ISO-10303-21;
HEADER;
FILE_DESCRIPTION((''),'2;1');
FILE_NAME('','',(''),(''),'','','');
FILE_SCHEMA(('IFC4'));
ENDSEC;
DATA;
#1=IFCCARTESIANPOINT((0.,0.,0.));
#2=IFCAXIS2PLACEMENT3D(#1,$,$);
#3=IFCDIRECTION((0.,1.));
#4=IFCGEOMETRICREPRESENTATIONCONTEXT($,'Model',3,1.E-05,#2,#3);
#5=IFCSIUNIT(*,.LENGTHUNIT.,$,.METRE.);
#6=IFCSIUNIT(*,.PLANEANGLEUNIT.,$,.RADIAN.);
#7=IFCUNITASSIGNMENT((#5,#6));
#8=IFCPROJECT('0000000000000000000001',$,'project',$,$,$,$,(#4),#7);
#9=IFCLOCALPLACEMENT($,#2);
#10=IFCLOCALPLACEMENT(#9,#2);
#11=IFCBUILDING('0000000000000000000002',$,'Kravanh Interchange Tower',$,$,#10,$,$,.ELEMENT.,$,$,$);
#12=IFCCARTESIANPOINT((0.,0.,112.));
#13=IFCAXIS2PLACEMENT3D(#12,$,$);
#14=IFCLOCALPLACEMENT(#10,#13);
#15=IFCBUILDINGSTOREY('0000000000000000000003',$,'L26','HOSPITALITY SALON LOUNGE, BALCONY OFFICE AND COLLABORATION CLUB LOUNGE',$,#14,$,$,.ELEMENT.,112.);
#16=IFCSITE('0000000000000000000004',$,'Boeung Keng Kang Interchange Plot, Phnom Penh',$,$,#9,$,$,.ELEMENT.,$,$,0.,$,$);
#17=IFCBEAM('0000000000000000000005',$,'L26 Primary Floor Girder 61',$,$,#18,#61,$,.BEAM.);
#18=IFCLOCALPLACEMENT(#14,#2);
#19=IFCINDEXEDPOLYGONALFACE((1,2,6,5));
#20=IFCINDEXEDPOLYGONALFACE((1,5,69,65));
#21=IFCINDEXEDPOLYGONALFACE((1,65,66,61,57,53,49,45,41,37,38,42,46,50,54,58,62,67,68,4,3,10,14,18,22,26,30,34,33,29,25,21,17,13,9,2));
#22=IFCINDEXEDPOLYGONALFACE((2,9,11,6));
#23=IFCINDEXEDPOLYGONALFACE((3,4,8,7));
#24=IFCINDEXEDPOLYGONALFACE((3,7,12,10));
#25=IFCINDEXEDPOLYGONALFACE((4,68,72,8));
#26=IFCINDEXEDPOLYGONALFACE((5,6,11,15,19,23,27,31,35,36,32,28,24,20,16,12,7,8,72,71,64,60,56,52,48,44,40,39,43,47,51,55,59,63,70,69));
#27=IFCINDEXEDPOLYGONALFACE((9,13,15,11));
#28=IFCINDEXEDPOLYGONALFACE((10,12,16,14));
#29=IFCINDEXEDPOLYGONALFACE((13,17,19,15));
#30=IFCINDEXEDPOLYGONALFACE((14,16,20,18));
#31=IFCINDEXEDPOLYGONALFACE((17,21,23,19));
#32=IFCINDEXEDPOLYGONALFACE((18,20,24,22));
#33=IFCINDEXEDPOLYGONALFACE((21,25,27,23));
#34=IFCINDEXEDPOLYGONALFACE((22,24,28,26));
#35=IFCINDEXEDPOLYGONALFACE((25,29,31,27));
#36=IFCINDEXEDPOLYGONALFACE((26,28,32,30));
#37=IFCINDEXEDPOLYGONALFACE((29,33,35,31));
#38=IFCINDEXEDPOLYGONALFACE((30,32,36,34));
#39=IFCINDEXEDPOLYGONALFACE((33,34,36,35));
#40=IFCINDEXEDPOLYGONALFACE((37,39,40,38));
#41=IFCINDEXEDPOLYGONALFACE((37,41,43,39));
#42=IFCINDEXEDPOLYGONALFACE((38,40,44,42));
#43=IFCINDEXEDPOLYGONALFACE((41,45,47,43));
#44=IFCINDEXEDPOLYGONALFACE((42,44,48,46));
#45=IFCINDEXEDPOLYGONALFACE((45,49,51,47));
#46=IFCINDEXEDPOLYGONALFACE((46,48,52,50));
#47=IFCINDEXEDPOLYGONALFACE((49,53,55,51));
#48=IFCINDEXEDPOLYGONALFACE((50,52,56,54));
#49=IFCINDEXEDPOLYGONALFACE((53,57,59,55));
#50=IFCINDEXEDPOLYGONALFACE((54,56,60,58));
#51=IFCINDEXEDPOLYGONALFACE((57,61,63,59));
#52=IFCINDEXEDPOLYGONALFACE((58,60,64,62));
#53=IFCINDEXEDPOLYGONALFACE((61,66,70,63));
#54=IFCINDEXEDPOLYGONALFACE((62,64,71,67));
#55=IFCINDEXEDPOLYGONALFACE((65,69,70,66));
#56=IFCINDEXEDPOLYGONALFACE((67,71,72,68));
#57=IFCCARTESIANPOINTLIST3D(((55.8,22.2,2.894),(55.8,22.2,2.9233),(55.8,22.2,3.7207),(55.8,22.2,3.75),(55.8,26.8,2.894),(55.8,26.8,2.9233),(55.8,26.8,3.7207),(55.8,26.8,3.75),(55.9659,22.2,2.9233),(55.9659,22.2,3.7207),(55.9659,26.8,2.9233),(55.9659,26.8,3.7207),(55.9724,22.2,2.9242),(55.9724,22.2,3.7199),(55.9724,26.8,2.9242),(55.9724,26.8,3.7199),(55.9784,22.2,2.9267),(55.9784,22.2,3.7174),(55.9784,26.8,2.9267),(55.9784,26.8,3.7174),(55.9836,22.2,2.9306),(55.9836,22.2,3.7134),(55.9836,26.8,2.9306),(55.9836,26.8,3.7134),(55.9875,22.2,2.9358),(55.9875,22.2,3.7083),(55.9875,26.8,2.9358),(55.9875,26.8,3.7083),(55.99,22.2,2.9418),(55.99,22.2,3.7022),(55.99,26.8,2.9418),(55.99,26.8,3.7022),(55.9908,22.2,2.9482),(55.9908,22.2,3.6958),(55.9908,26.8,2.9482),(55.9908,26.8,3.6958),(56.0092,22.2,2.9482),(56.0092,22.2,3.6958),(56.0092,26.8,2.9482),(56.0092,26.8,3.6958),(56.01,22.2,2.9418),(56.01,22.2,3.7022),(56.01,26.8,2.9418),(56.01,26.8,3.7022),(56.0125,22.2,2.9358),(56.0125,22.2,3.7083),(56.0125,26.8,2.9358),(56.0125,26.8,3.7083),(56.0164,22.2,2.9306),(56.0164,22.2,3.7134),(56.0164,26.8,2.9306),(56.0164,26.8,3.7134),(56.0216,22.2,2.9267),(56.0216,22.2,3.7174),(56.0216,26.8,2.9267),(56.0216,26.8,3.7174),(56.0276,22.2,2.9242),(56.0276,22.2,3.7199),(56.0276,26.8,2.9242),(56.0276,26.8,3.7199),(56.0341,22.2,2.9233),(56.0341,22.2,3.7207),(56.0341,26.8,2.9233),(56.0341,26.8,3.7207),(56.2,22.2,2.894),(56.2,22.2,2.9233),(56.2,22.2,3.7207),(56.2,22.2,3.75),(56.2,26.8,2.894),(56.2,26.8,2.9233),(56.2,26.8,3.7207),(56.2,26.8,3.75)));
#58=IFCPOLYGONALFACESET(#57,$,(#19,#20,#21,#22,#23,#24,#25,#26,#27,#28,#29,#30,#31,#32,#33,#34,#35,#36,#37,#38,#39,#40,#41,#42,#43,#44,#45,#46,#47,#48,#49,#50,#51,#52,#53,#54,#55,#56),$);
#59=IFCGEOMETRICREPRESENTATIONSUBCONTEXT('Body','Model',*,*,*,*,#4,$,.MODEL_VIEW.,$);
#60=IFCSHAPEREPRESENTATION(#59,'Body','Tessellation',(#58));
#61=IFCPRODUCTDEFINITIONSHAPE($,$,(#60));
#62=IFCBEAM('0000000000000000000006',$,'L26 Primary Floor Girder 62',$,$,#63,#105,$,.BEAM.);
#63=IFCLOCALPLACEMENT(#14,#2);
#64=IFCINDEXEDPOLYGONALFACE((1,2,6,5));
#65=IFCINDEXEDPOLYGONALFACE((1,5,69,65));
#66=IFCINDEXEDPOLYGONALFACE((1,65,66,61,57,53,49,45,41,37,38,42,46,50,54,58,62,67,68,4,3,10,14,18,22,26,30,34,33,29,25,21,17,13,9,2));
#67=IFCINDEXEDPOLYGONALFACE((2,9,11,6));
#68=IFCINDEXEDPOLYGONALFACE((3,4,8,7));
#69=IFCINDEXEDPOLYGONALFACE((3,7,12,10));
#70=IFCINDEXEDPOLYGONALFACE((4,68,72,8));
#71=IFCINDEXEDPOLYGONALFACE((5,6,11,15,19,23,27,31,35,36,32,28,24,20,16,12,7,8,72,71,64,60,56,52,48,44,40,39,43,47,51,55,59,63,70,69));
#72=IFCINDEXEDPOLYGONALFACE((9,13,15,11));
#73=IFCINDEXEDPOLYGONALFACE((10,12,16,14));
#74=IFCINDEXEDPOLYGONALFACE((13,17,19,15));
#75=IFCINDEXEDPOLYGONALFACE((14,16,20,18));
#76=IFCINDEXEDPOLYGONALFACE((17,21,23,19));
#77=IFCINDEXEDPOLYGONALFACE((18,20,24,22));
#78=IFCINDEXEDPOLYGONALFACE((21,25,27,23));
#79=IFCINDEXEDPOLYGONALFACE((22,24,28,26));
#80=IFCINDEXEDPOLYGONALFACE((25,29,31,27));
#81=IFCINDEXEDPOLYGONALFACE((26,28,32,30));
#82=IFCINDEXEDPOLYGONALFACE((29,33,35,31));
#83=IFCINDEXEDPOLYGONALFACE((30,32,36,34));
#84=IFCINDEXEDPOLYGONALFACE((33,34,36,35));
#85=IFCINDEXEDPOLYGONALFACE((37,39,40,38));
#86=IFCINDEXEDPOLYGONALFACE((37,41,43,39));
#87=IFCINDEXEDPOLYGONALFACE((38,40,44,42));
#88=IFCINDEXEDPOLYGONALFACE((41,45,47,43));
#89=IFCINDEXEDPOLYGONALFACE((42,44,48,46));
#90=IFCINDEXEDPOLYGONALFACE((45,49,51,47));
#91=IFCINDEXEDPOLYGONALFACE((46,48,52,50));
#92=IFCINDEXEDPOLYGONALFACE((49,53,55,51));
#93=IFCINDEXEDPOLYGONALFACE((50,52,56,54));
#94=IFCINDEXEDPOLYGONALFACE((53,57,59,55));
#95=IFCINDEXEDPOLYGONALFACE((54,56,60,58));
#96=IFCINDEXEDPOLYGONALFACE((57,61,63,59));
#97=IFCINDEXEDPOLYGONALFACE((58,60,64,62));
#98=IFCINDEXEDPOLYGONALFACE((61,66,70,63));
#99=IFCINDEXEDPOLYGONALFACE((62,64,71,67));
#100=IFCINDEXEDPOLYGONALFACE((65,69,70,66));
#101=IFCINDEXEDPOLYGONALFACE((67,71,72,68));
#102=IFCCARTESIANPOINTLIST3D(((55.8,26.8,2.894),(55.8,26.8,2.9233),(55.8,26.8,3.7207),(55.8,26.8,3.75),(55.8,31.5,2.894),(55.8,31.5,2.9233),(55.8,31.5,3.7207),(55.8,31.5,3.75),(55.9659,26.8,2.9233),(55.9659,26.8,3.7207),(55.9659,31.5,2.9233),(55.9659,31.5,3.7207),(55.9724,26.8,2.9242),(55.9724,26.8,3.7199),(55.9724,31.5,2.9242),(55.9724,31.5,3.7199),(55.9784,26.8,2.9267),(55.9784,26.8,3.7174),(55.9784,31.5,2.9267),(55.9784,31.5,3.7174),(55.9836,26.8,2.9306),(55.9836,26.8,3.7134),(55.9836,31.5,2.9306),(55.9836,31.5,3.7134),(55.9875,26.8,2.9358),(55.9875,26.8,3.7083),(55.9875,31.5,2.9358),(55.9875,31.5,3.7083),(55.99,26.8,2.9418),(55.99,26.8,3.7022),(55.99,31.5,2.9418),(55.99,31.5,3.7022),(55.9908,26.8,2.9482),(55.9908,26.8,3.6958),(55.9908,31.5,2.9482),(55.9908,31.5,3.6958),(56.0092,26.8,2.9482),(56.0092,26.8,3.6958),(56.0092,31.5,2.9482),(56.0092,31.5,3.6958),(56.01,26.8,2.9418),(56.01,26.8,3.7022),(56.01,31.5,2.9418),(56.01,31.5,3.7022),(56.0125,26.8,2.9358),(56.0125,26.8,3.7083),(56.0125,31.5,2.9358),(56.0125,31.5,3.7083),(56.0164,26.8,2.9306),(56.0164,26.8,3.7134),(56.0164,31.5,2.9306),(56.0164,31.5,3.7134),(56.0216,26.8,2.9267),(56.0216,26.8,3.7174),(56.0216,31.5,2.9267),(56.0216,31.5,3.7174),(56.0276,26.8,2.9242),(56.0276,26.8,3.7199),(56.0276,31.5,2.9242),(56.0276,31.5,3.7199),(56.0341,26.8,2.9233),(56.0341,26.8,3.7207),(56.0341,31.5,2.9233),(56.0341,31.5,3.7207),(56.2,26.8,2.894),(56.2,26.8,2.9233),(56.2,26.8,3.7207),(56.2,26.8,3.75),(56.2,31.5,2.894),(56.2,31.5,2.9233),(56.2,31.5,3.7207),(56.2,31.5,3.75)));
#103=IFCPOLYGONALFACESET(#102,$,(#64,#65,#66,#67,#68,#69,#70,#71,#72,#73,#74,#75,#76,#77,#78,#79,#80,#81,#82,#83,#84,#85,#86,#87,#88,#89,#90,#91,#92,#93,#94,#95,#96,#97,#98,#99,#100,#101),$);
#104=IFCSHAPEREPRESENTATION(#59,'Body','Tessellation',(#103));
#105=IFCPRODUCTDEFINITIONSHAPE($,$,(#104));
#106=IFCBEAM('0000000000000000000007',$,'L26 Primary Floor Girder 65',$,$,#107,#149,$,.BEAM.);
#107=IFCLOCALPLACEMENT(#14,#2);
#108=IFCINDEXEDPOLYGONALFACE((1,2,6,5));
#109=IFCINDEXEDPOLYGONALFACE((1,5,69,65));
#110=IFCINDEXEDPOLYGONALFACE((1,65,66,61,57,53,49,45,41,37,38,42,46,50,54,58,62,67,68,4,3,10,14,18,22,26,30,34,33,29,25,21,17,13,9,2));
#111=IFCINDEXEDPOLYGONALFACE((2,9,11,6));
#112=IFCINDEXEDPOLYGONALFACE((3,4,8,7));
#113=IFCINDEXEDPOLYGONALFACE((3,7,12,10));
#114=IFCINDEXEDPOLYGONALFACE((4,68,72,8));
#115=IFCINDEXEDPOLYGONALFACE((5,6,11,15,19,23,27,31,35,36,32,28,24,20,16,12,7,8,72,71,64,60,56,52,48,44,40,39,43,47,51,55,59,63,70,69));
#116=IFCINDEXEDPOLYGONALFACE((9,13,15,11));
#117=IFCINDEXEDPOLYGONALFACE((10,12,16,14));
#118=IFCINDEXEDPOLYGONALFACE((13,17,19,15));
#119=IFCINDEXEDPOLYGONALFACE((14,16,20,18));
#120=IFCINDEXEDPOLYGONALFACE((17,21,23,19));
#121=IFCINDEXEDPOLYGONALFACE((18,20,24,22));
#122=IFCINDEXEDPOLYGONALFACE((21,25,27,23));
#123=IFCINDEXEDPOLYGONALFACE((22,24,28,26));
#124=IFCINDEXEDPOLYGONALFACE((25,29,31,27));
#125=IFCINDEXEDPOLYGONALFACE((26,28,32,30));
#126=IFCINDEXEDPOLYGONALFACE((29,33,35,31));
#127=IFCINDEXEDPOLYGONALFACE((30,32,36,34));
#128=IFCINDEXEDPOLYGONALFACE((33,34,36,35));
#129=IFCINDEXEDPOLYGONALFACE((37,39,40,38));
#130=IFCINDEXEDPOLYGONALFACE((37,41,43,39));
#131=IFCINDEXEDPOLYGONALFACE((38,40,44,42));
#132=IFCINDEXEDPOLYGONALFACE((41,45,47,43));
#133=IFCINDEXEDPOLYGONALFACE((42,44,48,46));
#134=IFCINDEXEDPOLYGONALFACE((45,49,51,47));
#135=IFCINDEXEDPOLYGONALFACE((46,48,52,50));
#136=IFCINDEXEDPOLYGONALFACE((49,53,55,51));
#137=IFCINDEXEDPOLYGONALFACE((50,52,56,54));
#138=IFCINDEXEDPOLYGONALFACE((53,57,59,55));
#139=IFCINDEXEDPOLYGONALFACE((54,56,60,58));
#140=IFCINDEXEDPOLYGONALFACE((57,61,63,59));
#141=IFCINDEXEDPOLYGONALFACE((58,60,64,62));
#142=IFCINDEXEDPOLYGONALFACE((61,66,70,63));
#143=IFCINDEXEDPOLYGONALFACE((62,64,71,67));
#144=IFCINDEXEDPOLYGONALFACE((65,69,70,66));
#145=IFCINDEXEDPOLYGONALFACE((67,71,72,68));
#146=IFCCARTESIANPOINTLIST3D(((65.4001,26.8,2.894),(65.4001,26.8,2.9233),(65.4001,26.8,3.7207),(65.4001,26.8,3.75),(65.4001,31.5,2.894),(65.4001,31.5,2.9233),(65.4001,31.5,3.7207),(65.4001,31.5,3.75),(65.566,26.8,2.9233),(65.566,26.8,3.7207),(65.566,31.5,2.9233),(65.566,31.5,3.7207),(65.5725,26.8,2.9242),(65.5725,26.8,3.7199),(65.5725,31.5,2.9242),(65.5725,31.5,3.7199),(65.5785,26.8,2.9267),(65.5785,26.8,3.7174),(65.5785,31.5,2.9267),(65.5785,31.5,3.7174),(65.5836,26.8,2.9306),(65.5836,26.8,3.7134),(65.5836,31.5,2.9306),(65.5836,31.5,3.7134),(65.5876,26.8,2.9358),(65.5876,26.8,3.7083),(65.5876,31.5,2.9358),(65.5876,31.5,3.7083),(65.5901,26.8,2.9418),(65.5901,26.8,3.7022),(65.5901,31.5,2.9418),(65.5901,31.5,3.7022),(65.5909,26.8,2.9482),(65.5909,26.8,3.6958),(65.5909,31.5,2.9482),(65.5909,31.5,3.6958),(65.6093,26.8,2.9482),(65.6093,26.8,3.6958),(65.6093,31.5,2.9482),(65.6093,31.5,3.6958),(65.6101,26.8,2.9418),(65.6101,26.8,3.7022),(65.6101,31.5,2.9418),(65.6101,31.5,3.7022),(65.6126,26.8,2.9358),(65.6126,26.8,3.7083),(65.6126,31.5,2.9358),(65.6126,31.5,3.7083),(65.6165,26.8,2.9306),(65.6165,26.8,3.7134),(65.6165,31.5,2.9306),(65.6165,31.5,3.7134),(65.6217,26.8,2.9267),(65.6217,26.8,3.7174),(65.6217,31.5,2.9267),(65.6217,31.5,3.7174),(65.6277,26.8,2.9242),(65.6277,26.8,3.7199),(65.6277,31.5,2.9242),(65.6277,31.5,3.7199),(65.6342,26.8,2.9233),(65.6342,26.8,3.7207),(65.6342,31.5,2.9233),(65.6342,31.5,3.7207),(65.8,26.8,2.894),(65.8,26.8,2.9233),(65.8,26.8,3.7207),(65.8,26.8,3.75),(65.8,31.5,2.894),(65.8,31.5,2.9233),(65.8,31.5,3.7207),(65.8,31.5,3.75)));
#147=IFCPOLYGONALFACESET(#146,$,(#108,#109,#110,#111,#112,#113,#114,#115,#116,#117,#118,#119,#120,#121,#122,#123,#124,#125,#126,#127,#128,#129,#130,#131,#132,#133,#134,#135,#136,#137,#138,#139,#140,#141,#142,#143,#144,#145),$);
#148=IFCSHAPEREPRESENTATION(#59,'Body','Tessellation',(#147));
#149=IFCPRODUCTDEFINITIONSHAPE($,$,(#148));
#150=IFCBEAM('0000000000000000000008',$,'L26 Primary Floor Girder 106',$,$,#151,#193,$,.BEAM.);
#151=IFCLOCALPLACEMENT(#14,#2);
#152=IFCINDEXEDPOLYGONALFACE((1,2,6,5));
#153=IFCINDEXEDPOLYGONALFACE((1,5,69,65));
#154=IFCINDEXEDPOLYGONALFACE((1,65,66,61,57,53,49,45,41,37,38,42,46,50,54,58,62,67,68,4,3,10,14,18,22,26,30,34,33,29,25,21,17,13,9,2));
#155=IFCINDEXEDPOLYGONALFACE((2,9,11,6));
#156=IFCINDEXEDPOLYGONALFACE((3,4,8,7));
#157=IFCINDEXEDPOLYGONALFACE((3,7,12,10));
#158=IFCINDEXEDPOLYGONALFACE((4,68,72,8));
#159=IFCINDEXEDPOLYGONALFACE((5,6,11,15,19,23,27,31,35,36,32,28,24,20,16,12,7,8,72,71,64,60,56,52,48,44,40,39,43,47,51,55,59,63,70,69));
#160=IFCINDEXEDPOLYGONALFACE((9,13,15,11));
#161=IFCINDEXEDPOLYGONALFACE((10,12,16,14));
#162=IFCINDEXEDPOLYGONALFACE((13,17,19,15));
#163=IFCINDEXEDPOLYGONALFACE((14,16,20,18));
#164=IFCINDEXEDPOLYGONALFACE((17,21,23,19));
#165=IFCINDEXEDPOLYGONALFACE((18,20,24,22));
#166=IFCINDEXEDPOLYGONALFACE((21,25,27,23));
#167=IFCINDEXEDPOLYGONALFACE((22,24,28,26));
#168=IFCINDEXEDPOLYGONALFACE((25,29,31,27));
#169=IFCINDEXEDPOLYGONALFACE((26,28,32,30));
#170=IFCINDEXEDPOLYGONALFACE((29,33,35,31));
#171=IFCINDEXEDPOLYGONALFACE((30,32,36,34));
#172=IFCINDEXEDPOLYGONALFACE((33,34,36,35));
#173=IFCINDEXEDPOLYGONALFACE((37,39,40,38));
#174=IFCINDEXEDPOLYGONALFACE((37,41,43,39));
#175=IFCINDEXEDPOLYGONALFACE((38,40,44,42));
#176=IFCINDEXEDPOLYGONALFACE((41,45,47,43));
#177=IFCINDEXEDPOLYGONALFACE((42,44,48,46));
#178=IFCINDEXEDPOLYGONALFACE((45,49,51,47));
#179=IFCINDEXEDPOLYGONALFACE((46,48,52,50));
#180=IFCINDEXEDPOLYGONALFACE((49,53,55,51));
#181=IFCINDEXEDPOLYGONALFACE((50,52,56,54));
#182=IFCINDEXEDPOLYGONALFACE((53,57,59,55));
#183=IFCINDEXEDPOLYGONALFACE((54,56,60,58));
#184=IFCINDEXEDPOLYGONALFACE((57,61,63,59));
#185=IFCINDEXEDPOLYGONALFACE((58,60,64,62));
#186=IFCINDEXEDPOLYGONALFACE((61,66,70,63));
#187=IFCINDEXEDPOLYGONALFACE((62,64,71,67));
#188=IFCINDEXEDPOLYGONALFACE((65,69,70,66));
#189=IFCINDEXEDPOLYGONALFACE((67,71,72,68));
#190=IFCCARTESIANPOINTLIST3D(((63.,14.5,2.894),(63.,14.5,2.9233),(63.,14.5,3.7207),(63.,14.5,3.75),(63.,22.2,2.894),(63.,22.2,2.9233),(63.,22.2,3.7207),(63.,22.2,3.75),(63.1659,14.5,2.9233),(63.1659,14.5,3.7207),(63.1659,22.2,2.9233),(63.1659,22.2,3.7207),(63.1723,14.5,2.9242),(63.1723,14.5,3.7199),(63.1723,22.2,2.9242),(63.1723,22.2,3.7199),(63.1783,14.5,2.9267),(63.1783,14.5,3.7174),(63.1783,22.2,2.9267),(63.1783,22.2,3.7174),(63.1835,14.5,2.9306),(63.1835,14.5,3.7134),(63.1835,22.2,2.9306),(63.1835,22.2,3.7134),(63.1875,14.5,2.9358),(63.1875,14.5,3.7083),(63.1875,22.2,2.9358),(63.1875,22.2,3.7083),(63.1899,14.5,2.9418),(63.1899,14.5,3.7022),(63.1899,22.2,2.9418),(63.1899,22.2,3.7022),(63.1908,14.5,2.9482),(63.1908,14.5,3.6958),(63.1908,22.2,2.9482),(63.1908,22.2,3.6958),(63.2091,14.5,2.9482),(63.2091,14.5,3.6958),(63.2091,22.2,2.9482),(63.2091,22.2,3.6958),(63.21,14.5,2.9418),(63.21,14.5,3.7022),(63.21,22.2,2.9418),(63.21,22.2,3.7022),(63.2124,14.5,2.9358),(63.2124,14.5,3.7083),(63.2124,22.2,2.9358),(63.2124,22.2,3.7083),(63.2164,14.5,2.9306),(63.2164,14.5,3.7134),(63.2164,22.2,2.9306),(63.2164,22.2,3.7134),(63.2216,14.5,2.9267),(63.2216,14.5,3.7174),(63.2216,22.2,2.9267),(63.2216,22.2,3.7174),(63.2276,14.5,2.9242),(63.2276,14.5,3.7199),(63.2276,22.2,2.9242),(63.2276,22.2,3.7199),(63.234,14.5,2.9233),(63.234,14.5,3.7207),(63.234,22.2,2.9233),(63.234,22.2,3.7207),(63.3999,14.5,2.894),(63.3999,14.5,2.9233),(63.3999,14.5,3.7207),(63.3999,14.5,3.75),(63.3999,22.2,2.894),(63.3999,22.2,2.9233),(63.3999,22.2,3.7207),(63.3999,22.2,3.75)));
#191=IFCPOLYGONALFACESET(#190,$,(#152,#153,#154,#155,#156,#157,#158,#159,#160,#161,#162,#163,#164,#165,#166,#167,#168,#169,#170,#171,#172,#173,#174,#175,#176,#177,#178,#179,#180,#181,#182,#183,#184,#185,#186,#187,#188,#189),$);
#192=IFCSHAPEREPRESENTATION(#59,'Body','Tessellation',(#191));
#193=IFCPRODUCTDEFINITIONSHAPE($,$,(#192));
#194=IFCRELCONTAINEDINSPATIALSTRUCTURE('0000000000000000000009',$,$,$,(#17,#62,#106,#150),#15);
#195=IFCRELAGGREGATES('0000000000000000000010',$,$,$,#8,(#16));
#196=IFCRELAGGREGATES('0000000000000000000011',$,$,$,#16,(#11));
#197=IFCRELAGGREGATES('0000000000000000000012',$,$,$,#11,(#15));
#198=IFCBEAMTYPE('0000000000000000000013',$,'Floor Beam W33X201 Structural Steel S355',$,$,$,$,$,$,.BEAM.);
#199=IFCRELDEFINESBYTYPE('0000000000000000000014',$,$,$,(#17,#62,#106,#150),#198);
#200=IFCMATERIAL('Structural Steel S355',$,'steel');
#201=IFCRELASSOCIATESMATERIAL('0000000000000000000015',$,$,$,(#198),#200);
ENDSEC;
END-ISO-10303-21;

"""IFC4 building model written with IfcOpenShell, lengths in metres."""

from ifc_helpers import new_model, si_unit, direction, frame, origin, origin_2d, place, context, subcontext, project, spatial, i_section, extrude, material, material_profile, profile_set, type_object, element, save


model = new_model("IFC4")

# Units and contexts
model_context = context("Model", 3, precision=1e-05, world=origin(), true_north=direction((0.0, 1.0)))
body_context = subcontext(model_context, "Body", "Model", "MODEL_VIEW")
ifc_project = project(units=[si_unit("LENGTHUNIT", "METRE"), si_unit("PLANEANGLEUNIT", "RADIAN")], contexts=[model_context])

# Site, building, storey
site_placement = place(None, origin())
site = spatial("IfcSite", under=ifc_project, at=site_placement, Name="Boeung Keng Kang Interchange Plot, Phnom Penh", CompositionType="ELEMENT", RefElevation=0.0)
building_placement = place(site_placement, origin())
building = spatial("IfcBuilding", under=site, at=building_placement, Name="Kravanh Interchange Tower", CompositionType="ELEMENT")
storey_placement = place(building_placement, frame((0.0, 0.0, 112.0)))
storey = spatial("IfcBuildingStorey", under=building, at=storey_placement, Name="L26", Description="HOSPITALITY SALON LOUNGE, BALCONY OFFICE AND COLLABORATION CLUB LOUNGE", CompositionType="ELEMENT", Elevation=112.0)

# Beams
ifc_material_1 = material(Name="Structural Steel S355", Category="steel")
ifc_material_profile_1 = material_profile(ifc_material_1, i_section(OverallWidth=0.3999, OverallDepth=0.856, WebThickness=0.0183, FlangeThickness=0.0293, FilletRadius=0.0249, at=origin_2d()), Name="W33X201")
ifc_profile_set_1 = profile_set([ifc_material_profile_1], Name="Structural Steel S355")
beam_type_1 = type_object("IfcBeamType", Name="Floor Beam W33X201 Structural Steel S355", PredefinedType="BEAM", material=ifc_profile_set_1)
beam_1_placement = place(storey_placement, frame((56.0, 26.8, 3.322), z_axis=(0.0, -1.0, 0.0), x_axis=(1.0, 0.0, 0.0)))
element("IfcBeam", 1, at=beam_1_placement, inside=storey, type_object=beam_type_1, Name="L26 Primary Floor Girder 61", PredefinedType="BEAM", context=body_context, shape_type="SweptSolid", body=[
    extrude(i_section(OverallWidth=0.3999, OverallDepth=0.856, WebThickness=0.0183, FlangeThickness=0.0293, FilletRadius=0.0249, at=origin_2d()), origin(), (0.0, 0.0, 1.0), 4.6001),
])
for number, where, z_axis, x_axis, name in (
    (2, (56.0, 26.8, 3.322), (0.0, 1.0, 0.0), (-1.0, 0.0, 0.0), "L26 Primary Floor Girder 62"),
    (3, (65.6001, 26.8, 3.322), (0.0, 1.0, 0.0), (-1.0, 0.0, 0.0), "L26 Primary Floor Girder 65"),
):
    element("IfcBeam", number, at=place(storey_placement, frame(where, z_axis=z_axis, x_axis=x_axis)), inside=storey, type_object=beam_type_1, Name=name, PredefinedType="BEAM", context=body_context, shape_type="SweptSolid", body=[
        extrude(i_section(OverallWidth=0.3999, OverallDepth=0.856, WebThickness=0.0183, FlangeThickness=0.0293, FilletRadius=0.0249, at=origin_2d()), origin(), (0.0, 0.0, 1.0), 4.7),
    ])
beam_2_placement = place(storey_placement, frame((63.2, 14.5, 3.322), z_axis=(0.0, 1.0, 0.0), x_axis=(-1.0, 0.0, 0.0)))
element("IfcBeam", 4, at=beam_2_placement, inside=storey, type_object=beam_type_1, Name="L26 Primary Floor Girder 106", PredefinedType="BEAM", context=body_context, shape_type="SweptSolid", body=[
    extrude(i_section(OverallWidth=0.3999, OverallDepth=0.856, WebThickness=0.0183, FlangeThickness=0.0293, FilletRadius=0.0249, at=origin_2d()), origin(), (0.0, 0.0, 1.0), 7.7),
])

save(model, "model.ifc")
